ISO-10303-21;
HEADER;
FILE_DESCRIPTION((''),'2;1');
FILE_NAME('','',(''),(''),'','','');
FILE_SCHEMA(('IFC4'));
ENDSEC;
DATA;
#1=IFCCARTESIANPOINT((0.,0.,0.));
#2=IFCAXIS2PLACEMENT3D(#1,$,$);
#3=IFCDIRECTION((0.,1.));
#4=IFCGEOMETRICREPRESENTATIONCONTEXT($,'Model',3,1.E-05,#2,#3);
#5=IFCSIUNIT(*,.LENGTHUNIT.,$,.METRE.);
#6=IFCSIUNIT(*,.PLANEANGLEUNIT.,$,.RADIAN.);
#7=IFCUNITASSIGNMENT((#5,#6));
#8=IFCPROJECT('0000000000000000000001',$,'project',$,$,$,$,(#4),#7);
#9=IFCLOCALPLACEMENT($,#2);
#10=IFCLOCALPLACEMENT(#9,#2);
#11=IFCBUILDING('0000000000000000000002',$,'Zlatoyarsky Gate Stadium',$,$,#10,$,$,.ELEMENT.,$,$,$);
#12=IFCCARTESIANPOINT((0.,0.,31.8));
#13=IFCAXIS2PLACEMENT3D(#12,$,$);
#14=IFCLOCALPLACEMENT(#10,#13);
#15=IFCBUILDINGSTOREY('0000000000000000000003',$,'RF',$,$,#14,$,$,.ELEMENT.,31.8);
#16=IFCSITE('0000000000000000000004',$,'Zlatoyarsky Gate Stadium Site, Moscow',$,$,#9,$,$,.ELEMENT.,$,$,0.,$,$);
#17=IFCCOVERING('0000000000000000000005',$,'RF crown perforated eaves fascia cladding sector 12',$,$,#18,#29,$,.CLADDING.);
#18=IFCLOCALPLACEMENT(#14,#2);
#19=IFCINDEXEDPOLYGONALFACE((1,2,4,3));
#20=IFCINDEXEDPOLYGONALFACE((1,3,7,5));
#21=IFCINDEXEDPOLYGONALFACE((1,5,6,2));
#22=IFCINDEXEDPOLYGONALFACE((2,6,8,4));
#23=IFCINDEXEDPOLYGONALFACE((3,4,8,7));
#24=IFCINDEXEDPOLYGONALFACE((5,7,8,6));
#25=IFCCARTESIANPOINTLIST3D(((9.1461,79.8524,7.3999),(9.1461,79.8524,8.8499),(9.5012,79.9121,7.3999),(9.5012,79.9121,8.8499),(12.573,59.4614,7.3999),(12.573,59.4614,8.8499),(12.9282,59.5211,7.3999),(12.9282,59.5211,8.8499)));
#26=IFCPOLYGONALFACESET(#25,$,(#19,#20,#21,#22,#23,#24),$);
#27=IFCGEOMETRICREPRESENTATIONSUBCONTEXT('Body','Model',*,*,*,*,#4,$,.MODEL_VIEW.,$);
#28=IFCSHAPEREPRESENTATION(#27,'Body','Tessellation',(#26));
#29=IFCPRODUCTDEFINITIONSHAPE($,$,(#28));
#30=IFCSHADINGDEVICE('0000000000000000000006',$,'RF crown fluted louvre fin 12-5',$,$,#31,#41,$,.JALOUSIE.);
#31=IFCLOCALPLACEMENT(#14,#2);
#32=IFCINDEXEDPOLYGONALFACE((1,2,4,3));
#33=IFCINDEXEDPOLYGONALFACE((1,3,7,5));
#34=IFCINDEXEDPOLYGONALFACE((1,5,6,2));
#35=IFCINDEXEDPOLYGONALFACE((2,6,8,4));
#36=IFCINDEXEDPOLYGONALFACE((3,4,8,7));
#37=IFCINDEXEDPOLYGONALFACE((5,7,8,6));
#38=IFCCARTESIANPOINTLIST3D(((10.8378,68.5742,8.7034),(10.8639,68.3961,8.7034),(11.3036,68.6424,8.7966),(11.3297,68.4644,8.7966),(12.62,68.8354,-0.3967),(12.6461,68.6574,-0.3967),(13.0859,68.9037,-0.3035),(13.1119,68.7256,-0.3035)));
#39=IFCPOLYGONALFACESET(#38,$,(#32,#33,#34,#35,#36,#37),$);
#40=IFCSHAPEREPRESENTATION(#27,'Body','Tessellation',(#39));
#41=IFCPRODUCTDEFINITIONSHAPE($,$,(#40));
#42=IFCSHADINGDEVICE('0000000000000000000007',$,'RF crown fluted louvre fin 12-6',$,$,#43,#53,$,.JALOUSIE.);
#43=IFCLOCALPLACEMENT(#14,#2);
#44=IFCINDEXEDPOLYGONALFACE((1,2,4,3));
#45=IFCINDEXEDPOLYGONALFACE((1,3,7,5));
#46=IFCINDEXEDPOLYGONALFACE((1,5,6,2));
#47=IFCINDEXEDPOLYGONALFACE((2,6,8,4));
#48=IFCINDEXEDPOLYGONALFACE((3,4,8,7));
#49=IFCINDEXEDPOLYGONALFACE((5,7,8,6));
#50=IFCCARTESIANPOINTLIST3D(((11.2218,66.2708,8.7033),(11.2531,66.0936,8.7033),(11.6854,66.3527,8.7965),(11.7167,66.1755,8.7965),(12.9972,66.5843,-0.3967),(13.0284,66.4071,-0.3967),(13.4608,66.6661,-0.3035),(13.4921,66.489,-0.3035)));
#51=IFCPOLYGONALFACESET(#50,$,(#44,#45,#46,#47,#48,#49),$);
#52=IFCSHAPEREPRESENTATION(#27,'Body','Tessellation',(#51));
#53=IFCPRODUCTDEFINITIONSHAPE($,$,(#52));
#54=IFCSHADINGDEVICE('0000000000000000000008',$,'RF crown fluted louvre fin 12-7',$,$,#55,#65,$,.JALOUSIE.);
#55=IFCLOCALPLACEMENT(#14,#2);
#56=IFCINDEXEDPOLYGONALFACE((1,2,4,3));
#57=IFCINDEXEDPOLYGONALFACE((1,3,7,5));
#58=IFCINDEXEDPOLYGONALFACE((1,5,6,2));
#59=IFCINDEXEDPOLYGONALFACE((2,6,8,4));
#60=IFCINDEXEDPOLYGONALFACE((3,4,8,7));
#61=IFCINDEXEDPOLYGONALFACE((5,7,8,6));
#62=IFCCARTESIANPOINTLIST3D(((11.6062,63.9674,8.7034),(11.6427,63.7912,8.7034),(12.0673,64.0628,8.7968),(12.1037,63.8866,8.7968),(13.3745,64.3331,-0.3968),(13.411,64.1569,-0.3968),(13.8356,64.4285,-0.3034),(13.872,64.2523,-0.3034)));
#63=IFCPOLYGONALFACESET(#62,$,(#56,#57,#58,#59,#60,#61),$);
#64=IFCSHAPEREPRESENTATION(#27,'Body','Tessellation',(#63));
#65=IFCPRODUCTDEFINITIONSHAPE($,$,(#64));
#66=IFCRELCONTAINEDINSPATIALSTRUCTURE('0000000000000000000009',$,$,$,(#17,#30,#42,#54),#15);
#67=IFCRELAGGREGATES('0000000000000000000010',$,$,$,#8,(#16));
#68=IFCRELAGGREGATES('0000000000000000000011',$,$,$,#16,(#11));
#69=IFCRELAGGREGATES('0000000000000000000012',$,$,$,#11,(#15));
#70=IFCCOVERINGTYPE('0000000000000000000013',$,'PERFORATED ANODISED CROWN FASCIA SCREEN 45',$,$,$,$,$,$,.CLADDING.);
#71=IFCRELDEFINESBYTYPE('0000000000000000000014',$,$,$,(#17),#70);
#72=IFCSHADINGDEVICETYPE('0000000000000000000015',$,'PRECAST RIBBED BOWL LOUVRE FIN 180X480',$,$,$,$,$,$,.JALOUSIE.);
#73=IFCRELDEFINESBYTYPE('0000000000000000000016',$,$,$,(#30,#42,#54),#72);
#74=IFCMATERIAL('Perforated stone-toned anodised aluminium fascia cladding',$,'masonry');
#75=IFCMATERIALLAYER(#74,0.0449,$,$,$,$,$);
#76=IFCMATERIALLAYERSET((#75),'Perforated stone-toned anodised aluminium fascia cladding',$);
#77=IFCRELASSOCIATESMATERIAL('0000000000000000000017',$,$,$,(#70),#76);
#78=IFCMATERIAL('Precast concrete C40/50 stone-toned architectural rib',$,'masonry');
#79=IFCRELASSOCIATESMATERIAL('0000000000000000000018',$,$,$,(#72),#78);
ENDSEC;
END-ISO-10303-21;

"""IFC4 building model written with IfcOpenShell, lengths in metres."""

from ifc_helpers import new_model, si_unit, direction, frame, origin, origin_2d, place, context, subcontext, project, spatial, rectangle, extrude, material, layer, layer_set, material_profile, profile_set, type_object, element, save


model = new_model("IFC4")

# Units and contexts
model_context = context("Model", 3, precision=1e-05, world=origin(), true_north=direction((0.0, 1.0)))
body_context = subcontext(model_context, "Body", "Model", "MODEL_VIEW")
ifc_project = project(units=[si_unit("LENGTHUNIT", "METRE"), si_unit("PLANEANGLEUNIT", "RADIAN")], contexts=[model_context])

# Site, building, storey
site_placement = place(None, origin())
site = spatial("IfcSite", under=ifc_project, at=site_placement, Name="Zlatoyarsky Gate Stadium Site, Moscow", CompositionType="ELEMENT", RefElevation=0.0)
building_placement = place(site_placement, origin())
building = spatial("IfcBuilding", under=site, at=building_placement, Name="Zlatoyarsky Gate Stadium", CompositionType="ELEMENT")
storey_placement = place(building_placement, frame((0.0, 0.0, 31.8)))
storey = spatial("IfcBuildingStorey", under=building, at=storey_placement, Name="RF", CompositionType="ELEMENT", Elevation=31.8)

# Covering
ifc_material_1 = material(Name="Perforated stone-toned anodised aluminium fascia cladding", Category="masonry")
ifc_layer_1 = layer(ifc_material_1, 0.0449)
ifc_layer_set_1 = layer_set([ifc_layer_1], Name="Perforated stone-toned anodised aluminium fascia cladding")
covering_type = type_object("IfcCoveringType", Name="PERFORATED ANODISED CROWN FASCIA SCREEN 45", PredefinedType="CLADDING", material=ifc_layer_set_1)
covering_placement = place(storey_placement, frame((11.0371, 69.6868, 7.3999), z_axis=(0.0, 0.0, 1.0), x_axis=(0.165738, -0.98617, 0.0)))
element("IfcCovering", 1, at=covering_placement, inside=storey, type_object=covering_type, Name="RF crown perforated eaves fascia cladding sector 12", PredefinedType="CLADDING", context=body_context, shape_type="SweptSolid", body=[
    extrude(rectangle(XDim=20.677, YDim=0.3601, at=origin_2d()), origin(), (0.0, 0.0, 1.0), 1.45),
])

# Shading devices
ifc_material_2 = material(Name="Precast concrete C40/50 stone-toned architectural rib", Category="masonry")
ifc_material_profile_1 = material_profile(ifc_material_2, rectangle(XDim=0.1799, YDim=0.48, at=origin_2d()), Name="RIB 180X480")
ifc_profile_set_1 = profile_set([ifc_material_profile_1], Name="Precast concrete C40/50 stone-toned architectural rib")
shading_device_type = type_object("IfcShadingDeviceType", Name="PRECAST RIBBED BOWL LOUVRE FIN 180X480", PredefinedType="JALOUSIE", material=ifc_profile_set_1)
shading_device_1_placement = place(storey_placement, frame((12.866, 68.7805, -0.3501), z_axis=(-0.19212, -0.02816, 0.980967), x_axis=(0.145026, -0.989428, 0.0)))
element("IfcShadingDevice", 2, at=shading_device_1_placement, inside=storey, type_object=shading_device_type, Name="RF crown fluted louvre fin 12-5", PredefinedType="JALOUSIE", context=body_context, shape_type="SweptSolid", body=[
    extrude(rectangle(XDim=0.1799, YDim=0.48, at=origin_2d()), origin(), (0.0, 0.0, 1.0), 9.2766),
])
shading_device_2_placement = place(storey_placement, frame((13.2446, 66.5366, -0.3501), z_axis=(-0.191376, -0.033791, 0.980935), x_axis=(0.173878, -0.984767, 0.0)))
element("IfcShadingDevice", 3, at=shading_device_2_placement, inside=storey, type_object=shading_device_type, Name="RF crown fluted louvre fin 12-6", PredefinedType="JALOUSIE", context=body_context, shape_type="SweptSolid", body=[
    extrude(rectangle(XDim=0.1799, YDim=0.48, at=origin_2d()), origin(), (0.0, 0.0, 1.0), 9.2769),
])
shading_device_3_placement = place(storey_placement, frame((13.6233, 64.2927, -0.3501), z_axis=(-0.190602, -0.03942, 0.980876), x_axis=(0.202534, -0.979275, 0.0)))
element("IfcShadingDevice", 4, at=shading_device_3_placement, inside=storey, type_object=shading_device_type, Name="RF crown fluted louvre fin 12-7", PredefinedType="JALOUSIE", context=body_context, shape_type="SweptSolid", body=[
    extrude(rectangle(XDim=0.1799, YDim=0.48, at=origin_2d()), origin(), (0.0, 0.0, 1.0), 9.2776),
])

save(model, "model.ifc")
